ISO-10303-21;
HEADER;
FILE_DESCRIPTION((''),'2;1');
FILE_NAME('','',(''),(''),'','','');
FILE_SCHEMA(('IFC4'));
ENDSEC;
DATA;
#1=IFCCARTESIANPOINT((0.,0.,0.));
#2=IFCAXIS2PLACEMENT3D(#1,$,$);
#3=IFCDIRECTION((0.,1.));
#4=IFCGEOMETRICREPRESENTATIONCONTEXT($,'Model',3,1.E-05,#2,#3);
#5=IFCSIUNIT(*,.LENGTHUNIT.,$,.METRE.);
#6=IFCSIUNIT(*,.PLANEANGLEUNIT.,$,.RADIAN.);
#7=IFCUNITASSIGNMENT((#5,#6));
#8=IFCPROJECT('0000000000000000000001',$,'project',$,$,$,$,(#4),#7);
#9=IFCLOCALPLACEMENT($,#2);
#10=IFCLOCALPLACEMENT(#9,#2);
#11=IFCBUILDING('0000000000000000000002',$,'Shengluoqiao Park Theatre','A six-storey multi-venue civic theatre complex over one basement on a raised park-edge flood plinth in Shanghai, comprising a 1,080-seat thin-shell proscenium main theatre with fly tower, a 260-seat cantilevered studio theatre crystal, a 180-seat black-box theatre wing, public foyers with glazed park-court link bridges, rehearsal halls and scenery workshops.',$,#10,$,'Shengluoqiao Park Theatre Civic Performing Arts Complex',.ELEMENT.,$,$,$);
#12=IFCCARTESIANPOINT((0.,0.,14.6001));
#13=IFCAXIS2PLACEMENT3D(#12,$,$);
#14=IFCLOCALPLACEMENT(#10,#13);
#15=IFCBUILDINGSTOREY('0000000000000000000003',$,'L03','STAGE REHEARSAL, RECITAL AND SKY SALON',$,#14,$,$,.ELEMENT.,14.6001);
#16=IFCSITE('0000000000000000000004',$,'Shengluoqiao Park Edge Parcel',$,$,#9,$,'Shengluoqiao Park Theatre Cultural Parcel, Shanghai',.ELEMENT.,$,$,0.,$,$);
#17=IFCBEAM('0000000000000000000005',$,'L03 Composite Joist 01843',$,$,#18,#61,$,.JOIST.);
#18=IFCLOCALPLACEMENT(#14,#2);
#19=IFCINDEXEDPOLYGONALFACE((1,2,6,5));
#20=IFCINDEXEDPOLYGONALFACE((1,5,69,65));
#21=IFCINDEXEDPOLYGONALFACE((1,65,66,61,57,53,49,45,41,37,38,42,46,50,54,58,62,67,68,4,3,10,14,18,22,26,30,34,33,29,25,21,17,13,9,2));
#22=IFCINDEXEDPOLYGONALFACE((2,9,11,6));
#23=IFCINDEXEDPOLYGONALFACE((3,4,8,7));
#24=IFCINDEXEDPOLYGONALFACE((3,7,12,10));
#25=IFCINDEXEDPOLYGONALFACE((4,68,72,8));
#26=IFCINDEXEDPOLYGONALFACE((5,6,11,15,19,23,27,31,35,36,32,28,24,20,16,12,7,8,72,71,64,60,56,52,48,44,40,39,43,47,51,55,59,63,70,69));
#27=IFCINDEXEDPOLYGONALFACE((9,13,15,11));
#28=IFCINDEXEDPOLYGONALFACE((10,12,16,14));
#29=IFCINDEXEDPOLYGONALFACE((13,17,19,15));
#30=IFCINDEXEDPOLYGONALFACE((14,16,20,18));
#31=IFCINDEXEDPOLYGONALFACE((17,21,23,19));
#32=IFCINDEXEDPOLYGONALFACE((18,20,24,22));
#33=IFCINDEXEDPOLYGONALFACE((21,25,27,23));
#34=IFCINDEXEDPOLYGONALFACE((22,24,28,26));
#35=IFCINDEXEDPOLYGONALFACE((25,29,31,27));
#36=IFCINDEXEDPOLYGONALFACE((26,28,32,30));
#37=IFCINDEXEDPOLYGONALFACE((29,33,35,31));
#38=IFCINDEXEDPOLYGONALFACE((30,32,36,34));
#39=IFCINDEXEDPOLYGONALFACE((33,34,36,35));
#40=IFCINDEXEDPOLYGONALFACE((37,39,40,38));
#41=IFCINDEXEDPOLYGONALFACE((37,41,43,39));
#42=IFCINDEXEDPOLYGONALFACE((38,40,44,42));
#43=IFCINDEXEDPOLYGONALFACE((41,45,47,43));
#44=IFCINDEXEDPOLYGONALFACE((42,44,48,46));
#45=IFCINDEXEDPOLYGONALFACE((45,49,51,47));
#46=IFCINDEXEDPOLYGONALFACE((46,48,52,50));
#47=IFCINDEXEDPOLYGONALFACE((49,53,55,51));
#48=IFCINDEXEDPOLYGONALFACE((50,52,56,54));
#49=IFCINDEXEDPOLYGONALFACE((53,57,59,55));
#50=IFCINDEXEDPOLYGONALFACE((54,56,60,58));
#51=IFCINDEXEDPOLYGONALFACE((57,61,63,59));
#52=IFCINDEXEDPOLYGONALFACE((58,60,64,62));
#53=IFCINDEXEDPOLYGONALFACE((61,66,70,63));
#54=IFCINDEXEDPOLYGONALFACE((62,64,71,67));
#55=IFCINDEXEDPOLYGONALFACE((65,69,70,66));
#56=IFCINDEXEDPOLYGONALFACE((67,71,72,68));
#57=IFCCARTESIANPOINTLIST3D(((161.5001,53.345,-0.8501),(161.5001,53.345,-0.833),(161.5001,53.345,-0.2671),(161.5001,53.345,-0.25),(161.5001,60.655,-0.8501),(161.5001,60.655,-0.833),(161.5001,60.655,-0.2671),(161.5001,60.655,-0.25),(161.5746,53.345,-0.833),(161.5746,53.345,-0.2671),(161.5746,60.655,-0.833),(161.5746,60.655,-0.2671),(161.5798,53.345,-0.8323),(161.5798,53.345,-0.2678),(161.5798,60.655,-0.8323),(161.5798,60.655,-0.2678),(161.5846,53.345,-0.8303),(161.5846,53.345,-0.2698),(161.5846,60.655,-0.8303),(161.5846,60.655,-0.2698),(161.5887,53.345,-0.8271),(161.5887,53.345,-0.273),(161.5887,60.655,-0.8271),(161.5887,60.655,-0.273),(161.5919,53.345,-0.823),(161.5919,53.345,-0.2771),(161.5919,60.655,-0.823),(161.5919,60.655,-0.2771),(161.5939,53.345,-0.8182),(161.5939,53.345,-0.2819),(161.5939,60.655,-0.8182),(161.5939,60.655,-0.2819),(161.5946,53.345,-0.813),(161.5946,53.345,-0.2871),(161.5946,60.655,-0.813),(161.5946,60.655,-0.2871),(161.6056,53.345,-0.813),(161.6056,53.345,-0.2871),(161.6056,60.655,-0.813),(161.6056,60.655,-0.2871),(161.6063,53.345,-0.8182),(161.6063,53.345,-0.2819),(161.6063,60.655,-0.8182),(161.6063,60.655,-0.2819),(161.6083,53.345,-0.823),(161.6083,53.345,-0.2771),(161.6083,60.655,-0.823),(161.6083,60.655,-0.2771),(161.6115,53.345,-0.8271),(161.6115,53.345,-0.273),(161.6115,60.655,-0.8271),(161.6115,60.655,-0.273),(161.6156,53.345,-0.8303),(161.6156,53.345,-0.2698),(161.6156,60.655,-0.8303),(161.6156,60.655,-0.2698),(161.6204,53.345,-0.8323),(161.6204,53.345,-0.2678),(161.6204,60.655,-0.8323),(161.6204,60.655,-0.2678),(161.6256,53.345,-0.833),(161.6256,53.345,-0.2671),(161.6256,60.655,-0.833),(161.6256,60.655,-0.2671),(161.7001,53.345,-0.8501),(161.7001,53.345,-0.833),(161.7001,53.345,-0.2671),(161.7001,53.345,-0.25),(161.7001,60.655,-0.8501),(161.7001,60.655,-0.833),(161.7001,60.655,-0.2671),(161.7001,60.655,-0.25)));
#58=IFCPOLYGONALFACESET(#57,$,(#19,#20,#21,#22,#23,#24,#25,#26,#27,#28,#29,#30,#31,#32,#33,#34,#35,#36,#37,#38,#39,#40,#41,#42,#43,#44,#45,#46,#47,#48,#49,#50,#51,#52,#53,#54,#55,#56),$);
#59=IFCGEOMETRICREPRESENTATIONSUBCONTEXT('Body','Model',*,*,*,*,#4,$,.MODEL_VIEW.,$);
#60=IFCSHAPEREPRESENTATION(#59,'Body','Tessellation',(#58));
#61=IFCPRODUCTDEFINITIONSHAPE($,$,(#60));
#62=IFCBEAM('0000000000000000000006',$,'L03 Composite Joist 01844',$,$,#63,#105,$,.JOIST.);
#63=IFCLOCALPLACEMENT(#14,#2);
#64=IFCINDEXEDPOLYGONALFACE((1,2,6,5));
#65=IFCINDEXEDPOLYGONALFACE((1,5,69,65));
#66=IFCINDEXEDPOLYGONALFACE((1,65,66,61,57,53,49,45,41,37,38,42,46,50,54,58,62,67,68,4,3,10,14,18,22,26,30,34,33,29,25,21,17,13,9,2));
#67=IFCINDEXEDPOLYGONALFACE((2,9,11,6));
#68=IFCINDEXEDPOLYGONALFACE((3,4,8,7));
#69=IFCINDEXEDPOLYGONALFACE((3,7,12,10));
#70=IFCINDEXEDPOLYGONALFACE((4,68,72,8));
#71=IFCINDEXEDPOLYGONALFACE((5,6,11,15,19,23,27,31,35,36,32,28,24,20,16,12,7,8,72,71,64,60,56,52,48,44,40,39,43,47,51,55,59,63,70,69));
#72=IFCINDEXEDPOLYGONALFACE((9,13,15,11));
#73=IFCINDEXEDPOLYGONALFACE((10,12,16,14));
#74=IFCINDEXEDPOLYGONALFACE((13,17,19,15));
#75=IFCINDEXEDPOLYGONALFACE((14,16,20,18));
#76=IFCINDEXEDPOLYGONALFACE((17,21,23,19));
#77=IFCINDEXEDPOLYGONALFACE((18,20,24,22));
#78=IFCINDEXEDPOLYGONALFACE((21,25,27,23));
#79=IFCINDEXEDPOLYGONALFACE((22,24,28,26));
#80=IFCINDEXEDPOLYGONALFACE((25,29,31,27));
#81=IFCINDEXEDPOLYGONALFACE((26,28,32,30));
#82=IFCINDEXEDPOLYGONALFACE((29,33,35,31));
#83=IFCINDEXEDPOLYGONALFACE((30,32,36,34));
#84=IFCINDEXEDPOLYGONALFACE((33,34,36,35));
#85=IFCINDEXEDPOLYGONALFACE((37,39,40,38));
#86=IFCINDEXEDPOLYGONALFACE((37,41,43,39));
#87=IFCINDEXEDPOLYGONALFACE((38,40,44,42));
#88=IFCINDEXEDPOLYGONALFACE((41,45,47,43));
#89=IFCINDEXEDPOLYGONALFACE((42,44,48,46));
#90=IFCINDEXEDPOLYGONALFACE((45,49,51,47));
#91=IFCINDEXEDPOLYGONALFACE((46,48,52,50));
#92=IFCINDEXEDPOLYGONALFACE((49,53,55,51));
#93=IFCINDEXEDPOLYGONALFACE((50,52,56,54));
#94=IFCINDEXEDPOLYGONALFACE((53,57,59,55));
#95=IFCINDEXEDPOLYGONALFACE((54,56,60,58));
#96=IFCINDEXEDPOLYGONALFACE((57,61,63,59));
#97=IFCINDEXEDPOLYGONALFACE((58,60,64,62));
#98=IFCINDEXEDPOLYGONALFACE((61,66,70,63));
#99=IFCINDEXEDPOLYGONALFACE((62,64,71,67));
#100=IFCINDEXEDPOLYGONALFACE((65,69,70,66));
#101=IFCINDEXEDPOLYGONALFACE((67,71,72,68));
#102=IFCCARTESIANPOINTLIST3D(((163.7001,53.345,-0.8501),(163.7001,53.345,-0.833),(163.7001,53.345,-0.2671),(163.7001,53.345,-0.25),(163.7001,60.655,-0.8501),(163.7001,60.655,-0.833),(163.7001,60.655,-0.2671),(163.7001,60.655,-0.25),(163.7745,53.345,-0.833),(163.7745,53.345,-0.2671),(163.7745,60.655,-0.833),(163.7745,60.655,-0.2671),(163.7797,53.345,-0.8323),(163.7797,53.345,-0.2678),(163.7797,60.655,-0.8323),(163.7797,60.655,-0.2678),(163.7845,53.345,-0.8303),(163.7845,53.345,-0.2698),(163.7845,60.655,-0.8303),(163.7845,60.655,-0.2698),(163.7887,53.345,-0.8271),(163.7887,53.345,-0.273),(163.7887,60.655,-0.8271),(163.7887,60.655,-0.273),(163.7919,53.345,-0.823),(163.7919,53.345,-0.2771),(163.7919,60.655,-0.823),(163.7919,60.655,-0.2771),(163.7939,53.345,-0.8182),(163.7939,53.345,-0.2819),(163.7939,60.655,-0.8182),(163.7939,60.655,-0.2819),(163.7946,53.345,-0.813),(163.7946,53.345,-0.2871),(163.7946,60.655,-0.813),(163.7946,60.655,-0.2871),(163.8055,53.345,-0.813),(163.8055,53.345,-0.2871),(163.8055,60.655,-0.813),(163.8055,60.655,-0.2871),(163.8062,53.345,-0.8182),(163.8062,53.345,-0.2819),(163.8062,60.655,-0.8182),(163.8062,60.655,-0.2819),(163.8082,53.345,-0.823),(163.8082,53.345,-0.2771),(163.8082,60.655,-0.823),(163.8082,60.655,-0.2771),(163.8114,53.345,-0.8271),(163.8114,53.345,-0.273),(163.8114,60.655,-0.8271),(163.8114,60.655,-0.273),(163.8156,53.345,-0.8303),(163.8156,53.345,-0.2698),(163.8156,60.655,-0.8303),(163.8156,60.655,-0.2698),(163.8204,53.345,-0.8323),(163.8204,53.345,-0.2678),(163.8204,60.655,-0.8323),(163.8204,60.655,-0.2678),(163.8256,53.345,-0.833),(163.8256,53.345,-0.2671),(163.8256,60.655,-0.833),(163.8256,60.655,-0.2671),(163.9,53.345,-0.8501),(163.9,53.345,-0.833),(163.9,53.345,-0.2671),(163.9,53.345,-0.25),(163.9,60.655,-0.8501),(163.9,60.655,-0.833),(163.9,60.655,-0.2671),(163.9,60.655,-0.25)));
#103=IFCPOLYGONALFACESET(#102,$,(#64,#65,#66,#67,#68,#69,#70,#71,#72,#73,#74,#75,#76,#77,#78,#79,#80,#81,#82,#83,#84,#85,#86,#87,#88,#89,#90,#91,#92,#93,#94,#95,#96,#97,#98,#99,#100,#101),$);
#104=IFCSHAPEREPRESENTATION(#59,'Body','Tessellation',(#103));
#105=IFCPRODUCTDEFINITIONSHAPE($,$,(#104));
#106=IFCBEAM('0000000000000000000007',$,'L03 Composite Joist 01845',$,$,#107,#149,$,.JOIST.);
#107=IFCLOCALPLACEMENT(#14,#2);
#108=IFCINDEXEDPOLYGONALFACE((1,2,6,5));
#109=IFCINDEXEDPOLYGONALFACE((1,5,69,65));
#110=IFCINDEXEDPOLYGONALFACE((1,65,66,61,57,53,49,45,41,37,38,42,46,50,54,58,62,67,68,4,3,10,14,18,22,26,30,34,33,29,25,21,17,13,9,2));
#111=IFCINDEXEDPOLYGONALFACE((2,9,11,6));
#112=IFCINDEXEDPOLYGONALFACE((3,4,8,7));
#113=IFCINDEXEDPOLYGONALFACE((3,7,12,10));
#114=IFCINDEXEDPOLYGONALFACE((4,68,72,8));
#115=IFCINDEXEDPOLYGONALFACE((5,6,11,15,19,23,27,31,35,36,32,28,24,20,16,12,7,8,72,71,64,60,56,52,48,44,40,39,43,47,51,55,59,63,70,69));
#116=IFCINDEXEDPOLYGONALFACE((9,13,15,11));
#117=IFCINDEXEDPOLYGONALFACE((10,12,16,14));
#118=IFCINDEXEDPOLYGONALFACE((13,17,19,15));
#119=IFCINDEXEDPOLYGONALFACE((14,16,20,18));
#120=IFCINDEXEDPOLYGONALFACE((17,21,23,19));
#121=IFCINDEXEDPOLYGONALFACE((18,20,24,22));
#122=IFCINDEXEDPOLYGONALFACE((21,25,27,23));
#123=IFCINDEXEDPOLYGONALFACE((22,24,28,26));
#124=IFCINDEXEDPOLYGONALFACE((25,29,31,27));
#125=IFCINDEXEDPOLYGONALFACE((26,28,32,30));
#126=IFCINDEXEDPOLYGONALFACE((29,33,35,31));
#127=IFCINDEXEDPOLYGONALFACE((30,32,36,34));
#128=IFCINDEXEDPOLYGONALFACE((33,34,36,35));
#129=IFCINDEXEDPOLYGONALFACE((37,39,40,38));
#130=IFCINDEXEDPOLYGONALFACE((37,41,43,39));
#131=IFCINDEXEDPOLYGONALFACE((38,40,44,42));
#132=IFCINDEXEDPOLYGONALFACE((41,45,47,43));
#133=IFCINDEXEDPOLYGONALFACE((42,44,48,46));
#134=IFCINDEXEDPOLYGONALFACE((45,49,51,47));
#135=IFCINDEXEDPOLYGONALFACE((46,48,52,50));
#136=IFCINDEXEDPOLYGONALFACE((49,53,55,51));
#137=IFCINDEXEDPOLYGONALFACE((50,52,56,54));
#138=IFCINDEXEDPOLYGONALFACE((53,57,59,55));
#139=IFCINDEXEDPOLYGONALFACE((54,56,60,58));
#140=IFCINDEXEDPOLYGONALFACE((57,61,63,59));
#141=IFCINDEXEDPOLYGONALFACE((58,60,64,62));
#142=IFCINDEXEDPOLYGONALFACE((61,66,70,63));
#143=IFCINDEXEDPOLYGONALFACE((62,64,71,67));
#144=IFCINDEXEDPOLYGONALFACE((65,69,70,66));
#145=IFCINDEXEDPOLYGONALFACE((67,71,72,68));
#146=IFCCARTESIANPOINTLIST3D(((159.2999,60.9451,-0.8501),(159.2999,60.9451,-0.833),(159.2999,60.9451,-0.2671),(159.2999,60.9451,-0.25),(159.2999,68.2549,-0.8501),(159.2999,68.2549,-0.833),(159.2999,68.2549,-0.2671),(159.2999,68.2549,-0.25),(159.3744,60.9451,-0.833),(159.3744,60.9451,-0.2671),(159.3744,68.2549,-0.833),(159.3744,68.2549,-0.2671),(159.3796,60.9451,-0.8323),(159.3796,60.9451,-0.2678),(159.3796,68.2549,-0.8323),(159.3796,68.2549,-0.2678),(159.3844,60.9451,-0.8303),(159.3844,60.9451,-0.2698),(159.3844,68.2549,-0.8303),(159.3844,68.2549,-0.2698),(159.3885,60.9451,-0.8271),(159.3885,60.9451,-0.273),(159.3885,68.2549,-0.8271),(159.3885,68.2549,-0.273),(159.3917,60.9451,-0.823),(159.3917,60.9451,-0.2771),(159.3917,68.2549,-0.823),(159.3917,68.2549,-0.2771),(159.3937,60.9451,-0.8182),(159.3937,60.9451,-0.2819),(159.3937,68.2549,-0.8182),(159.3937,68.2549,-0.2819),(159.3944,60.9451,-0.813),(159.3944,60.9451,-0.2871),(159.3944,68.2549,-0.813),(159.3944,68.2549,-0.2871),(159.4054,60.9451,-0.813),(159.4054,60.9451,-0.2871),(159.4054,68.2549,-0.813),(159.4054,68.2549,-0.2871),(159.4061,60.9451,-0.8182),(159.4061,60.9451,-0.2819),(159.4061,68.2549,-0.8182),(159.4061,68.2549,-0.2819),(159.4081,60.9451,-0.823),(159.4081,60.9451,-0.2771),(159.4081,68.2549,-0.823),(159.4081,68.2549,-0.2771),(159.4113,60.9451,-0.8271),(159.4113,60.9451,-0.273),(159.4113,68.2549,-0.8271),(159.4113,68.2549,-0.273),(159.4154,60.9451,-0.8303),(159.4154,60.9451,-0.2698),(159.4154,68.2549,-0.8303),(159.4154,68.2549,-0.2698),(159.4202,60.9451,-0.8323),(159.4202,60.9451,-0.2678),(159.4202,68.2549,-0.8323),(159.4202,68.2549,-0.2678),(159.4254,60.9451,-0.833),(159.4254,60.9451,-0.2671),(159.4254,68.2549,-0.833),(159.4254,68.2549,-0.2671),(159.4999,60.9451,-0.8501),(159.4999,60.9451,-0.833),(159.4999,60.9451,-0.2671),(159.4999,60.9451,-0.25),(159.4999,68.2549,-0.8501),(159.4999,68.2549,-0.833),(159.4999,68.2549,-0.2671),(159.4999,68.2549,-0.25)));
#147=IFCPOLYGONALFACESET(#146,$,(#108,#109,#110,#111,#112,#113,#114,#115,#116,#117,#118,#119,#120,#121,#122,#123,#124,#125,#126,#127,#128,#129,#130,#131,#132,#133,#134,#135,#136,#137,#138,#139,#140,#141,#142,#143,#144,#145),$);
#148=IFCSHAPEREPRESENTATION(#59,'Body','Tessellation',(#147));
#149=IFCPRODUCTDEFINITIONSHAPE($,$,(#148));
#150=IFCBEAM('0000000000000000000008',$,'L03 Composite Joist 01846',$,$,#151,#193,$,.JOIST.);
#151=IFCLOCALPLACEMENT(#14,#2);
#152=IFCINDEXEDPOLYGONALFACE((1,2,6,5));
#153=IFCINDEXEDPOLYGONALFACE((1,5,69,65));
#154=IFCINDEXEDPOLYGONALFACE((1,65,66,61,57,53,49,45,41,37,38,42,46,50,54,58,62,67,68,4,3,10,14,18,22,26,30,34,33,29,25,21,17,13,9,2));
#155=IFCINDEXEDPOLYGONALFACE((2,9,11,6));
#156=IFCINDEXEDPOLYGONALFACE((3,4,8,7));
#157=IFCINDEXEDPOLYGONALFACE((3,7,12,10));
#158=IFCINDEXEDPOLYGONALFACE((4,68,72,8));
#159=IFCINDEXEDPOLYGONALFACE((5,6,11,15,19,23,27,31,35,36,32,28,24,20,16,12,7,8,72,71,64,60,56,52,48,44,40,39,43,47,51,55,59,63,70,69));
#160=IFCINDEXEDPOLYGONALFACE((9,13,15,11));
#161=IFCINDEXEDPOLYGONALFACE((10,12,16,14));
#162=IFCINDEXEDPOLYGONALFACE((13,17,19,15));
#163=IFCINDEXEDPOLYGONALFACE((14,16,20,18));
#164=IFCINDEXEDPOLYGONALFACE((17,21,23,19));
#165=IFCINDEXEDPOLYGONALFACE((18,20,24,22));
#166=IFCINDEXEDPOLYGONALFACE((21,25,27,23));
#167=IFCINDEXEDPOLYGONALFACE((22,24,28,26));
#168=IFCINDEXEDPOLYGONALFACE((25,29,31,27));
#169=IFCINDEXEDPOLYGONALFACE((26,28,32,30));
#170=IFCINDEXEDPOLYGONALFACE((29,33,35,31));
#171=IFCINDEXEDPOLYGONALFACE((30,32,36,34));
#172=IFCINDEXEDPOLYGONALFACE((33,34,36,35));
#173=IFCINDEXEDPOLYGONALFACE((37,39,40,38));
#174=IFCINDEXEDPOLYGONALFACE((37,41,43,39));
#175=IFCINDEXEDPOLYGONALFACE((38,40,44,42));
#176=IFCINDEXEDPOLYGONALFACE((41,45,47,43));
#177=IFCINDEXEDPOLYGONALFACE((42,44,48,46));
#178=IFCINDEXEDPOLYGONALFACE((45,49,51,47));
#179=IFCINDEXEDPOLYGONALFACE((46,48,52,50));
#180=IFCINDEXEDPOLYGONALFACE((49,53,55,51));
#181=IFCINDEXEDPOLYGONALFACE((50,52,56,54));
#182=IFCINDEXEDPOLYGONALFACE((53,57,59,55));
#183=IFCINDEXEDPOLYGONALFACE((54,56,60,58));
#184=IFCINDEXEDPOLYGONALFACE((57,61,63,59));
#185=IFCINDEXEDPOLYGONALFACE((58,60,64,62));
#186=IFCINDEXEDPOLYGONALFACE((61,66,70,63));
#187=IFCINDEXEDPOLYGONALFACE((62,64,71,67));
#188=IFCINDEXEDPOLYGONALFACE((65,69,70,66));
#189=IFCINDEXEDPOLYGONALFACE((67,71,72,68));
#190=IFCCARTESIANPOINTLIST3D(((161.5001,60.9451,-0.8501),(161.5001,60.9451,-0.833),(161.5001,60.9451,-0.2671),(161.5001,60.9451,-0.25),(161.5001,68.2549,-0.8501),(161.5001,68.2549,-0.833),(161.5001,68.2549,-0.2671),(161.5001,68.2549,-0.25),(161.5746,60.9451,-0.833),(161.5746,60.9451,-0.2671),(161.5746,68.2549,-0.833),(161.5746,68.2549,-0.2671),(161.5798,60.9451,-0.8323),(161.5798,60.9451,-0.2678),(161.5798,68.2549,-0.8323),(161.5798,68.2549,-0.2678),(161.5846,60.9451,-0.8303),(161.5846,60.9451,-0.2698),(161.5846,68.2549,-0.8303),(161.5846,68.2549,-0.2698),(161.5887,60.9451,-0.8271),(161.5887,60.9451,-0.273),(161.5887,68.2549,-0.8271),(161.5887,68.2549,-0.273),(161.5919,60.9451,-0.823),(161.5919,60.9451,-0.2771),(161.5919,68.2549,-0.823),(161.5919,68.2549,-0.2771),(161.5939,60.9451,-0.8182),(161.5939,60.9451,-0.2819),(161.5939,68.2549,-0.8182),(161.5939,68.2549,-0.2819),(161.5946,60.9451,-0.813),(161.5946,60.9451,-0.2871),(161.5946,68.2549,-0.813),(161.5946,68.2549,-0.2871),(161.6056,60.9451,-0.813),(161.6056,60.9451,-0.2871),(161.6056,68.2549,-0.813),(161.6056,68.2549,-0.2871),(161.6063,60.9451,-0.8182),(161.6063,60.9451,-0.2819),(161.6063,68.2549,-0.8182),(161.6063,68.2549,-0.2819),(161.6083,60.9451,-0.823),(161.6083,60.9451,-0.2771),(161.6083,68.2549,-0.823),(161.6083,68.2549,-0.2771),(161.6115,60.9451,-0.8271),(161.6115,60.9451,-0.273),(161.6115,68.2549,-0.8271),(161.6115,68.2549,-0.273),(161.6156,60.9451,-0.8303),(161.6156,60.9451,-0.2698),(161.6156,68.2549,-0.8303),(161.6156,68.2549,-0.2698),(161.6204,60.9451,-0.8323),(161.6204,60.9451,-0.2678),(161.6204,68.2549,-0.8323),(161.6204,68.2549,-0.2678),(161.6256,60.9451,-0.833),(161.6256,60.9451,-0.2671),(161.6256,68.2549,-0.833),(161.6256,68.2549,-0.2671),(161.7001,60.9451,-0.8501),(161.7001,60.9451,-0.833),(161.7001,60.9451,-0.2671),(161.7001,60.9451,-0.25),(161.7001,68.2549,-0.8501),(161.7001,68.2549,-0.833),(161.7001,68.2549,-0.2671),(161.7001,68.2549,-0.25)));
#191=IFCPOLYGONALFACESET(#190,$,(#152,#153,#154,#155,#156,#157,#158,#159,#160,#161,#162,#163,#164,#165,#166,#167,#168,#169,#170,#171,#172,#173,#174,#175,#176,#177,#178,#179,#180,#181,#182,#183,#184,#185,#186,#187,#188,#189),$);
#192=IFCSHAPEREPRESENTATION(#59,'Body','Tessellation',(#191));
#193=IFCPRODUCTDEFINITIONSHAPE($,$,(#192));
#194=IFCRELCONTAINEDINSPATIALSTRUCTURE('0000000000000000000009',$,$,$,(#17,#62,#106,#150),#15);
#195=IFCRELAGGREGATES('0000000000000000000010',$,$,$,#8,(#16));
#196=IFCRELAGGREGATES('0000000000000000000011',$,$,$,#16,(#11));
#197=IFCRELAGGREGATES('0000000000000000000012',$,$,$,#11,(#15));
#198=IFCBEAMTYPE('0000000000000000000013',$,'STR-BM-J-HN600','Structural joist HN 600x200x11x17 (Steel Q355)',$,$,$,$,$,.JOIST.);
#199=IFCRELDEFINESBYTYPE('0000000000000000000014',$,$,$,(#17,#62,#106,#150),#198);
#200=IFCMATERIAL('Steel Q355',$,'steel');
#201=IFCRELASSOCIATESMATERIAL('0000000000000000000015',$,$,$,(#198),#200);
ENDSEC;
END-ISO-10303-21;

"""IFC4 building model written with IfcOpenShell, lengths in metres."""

from ifc_helpers import new_model, si_unit, direction, frame, origin, origin_2d, place, context, subcontext, project, spatial, i_section, extrude, material, material_profile, profile_set, type_object, element, save


model = new_model("IFC4")

# Units and contexts
model_context = context("Model", 3, precision=1e-05, world=origin(), true_north=direction((0.0, 1.0)))
body_context = subcontext(model_context, "Body", "Model", "MODEL_VIEW")
ifc_project = project(units=[si_unit("LENGTHUNIT", "METRE"), si_unit("PLANEANGLEUNIT", "RADIAN")], contexts=[model_context])

# Site, building, storey
site_placement = place(None, origin())
site = spatial("IfcSite", under=ifc_project, at=site_placement, Name="Shengluoqiao Park Edge Parcel", LongName="Shengluoqiao Park Theatre Cultural Parcel, Shanghai", CompositionType="ELEMENT", RefElevation=0.0)
building_placement = place(site_placement, origin())
building = spatial("IfcBuilding", under=site, at=building_placement, Name="Shengluoqiao Park Theatre", Description="A six-storey multi-venue civic theatre complex over one basement on a raised park-edge flood plinth in Shanghai, comprising a 1,080-seat thin-shell proscenium main theatre with fly tower, a 260-seat cantilevered studio theatre crystal, a 180-seat black-box theatre wing, public foyers with glazed park-court link bridges, rehearsal halls and scenery workshops.", LongName="Shengluoqiao Park Theatre Civic Performing Arts Complex", CompositionType="ELEMENT")
storey_placement = place(building_placement, frame((0.0, 0.0, 14.6001)))
storey = spatial("IfcBuildingStorey", under=building, at=storey_placement, Name="L03", Description="STAGE REHEARSAL, RECITAL AND SKY SALON", CompositionType="ELEMENT", Elevation=14.6001)

# Beams
ifc_material = material(Name="Steel Q355", Category="steel")
ifc_material_profile_1 = material_profile(ifc_material, i_section(OverallWidth=0.2, OverallDepth=0.6001, WebThickness=0.011, FlangeThickness=0.0171, FilletRadius=0.02, at=origin_2d()), Name="HN 600x200x11x17")
ifc_profile_set_1 = profile_set([ifc_material_profile_1], Name="Steel Q355")
beam_type_1 = type_object("IfcBeamType", Name="STR-BM-J-HN600", Description="Structural joist HN 600x200x11x17 (Steel Q355)", PredefinedType="JOIST", material=ifc_profile_set_1)
for number, where, z_axis, x_axis, name in (
    (1, (161.6001, 53.345, -0.55), (0.0, 1.0, 0.0), (-1.0, 0.0, 0.0), "L03 Composite Joist 01843"),
    (2, (163.8, 53.345, -0.55), (0.0, 1.0, 0.0), (-1.0, 0.0, 0.0), "L03 Composite Joist 01844"),
):
    element("IfcBeam", number, at=place(storey_placement, frame(where, z_axis=z_axis, x_axis=x_axis)), inside=storey, type_object=beam_type_1, Name=name, PredefinedType="JOIST", context=body_context, shape_type="SweptSolid", body=[
        extrude(i_section(OverallWidth=0.2, OverallDepth=0.6001, WebThickness=0.011, FlangeThickness=0.0171, FilletRadius=0.02, at=origin_2d()), origin(), (0.0, 0.0, 1.0), 7.3101),
    ])
for number, where, z_axis, x_axis, name in (
    (3, (159.3999, 60.9451, -0.55), (0.0, 1.0, 0.0), (-1.0, 0.0, 0.0), "L03 Composite Joist 01845"),
    (4, (161.6001, 60.9451, -0.55), (0.0, 1.0, 0.0), (-1.0, 0.0, 0.0), "L03 Composite Joist 01846"),
):
    element("IfcBeam", number, at=place(storey_placement, frame(where, z_axis=z_axis, x_axis=x_axis)), inside=storey, type_object=beam_type_1, Name=name, PredefinedType="JOIST", context=body_context, shape_type="SweptSolid", body=[
        extrude(i_section(OverallWidth=0.2, OverallDepth=0.6001, WebThickness=0.011, FlangeThickness=0.0171, FilletRadius=0.02, at=origin_2d()), origin(), (0.0, 0.0, 1.0), 7.3098),
    ])

save(model, "model.ifc")
